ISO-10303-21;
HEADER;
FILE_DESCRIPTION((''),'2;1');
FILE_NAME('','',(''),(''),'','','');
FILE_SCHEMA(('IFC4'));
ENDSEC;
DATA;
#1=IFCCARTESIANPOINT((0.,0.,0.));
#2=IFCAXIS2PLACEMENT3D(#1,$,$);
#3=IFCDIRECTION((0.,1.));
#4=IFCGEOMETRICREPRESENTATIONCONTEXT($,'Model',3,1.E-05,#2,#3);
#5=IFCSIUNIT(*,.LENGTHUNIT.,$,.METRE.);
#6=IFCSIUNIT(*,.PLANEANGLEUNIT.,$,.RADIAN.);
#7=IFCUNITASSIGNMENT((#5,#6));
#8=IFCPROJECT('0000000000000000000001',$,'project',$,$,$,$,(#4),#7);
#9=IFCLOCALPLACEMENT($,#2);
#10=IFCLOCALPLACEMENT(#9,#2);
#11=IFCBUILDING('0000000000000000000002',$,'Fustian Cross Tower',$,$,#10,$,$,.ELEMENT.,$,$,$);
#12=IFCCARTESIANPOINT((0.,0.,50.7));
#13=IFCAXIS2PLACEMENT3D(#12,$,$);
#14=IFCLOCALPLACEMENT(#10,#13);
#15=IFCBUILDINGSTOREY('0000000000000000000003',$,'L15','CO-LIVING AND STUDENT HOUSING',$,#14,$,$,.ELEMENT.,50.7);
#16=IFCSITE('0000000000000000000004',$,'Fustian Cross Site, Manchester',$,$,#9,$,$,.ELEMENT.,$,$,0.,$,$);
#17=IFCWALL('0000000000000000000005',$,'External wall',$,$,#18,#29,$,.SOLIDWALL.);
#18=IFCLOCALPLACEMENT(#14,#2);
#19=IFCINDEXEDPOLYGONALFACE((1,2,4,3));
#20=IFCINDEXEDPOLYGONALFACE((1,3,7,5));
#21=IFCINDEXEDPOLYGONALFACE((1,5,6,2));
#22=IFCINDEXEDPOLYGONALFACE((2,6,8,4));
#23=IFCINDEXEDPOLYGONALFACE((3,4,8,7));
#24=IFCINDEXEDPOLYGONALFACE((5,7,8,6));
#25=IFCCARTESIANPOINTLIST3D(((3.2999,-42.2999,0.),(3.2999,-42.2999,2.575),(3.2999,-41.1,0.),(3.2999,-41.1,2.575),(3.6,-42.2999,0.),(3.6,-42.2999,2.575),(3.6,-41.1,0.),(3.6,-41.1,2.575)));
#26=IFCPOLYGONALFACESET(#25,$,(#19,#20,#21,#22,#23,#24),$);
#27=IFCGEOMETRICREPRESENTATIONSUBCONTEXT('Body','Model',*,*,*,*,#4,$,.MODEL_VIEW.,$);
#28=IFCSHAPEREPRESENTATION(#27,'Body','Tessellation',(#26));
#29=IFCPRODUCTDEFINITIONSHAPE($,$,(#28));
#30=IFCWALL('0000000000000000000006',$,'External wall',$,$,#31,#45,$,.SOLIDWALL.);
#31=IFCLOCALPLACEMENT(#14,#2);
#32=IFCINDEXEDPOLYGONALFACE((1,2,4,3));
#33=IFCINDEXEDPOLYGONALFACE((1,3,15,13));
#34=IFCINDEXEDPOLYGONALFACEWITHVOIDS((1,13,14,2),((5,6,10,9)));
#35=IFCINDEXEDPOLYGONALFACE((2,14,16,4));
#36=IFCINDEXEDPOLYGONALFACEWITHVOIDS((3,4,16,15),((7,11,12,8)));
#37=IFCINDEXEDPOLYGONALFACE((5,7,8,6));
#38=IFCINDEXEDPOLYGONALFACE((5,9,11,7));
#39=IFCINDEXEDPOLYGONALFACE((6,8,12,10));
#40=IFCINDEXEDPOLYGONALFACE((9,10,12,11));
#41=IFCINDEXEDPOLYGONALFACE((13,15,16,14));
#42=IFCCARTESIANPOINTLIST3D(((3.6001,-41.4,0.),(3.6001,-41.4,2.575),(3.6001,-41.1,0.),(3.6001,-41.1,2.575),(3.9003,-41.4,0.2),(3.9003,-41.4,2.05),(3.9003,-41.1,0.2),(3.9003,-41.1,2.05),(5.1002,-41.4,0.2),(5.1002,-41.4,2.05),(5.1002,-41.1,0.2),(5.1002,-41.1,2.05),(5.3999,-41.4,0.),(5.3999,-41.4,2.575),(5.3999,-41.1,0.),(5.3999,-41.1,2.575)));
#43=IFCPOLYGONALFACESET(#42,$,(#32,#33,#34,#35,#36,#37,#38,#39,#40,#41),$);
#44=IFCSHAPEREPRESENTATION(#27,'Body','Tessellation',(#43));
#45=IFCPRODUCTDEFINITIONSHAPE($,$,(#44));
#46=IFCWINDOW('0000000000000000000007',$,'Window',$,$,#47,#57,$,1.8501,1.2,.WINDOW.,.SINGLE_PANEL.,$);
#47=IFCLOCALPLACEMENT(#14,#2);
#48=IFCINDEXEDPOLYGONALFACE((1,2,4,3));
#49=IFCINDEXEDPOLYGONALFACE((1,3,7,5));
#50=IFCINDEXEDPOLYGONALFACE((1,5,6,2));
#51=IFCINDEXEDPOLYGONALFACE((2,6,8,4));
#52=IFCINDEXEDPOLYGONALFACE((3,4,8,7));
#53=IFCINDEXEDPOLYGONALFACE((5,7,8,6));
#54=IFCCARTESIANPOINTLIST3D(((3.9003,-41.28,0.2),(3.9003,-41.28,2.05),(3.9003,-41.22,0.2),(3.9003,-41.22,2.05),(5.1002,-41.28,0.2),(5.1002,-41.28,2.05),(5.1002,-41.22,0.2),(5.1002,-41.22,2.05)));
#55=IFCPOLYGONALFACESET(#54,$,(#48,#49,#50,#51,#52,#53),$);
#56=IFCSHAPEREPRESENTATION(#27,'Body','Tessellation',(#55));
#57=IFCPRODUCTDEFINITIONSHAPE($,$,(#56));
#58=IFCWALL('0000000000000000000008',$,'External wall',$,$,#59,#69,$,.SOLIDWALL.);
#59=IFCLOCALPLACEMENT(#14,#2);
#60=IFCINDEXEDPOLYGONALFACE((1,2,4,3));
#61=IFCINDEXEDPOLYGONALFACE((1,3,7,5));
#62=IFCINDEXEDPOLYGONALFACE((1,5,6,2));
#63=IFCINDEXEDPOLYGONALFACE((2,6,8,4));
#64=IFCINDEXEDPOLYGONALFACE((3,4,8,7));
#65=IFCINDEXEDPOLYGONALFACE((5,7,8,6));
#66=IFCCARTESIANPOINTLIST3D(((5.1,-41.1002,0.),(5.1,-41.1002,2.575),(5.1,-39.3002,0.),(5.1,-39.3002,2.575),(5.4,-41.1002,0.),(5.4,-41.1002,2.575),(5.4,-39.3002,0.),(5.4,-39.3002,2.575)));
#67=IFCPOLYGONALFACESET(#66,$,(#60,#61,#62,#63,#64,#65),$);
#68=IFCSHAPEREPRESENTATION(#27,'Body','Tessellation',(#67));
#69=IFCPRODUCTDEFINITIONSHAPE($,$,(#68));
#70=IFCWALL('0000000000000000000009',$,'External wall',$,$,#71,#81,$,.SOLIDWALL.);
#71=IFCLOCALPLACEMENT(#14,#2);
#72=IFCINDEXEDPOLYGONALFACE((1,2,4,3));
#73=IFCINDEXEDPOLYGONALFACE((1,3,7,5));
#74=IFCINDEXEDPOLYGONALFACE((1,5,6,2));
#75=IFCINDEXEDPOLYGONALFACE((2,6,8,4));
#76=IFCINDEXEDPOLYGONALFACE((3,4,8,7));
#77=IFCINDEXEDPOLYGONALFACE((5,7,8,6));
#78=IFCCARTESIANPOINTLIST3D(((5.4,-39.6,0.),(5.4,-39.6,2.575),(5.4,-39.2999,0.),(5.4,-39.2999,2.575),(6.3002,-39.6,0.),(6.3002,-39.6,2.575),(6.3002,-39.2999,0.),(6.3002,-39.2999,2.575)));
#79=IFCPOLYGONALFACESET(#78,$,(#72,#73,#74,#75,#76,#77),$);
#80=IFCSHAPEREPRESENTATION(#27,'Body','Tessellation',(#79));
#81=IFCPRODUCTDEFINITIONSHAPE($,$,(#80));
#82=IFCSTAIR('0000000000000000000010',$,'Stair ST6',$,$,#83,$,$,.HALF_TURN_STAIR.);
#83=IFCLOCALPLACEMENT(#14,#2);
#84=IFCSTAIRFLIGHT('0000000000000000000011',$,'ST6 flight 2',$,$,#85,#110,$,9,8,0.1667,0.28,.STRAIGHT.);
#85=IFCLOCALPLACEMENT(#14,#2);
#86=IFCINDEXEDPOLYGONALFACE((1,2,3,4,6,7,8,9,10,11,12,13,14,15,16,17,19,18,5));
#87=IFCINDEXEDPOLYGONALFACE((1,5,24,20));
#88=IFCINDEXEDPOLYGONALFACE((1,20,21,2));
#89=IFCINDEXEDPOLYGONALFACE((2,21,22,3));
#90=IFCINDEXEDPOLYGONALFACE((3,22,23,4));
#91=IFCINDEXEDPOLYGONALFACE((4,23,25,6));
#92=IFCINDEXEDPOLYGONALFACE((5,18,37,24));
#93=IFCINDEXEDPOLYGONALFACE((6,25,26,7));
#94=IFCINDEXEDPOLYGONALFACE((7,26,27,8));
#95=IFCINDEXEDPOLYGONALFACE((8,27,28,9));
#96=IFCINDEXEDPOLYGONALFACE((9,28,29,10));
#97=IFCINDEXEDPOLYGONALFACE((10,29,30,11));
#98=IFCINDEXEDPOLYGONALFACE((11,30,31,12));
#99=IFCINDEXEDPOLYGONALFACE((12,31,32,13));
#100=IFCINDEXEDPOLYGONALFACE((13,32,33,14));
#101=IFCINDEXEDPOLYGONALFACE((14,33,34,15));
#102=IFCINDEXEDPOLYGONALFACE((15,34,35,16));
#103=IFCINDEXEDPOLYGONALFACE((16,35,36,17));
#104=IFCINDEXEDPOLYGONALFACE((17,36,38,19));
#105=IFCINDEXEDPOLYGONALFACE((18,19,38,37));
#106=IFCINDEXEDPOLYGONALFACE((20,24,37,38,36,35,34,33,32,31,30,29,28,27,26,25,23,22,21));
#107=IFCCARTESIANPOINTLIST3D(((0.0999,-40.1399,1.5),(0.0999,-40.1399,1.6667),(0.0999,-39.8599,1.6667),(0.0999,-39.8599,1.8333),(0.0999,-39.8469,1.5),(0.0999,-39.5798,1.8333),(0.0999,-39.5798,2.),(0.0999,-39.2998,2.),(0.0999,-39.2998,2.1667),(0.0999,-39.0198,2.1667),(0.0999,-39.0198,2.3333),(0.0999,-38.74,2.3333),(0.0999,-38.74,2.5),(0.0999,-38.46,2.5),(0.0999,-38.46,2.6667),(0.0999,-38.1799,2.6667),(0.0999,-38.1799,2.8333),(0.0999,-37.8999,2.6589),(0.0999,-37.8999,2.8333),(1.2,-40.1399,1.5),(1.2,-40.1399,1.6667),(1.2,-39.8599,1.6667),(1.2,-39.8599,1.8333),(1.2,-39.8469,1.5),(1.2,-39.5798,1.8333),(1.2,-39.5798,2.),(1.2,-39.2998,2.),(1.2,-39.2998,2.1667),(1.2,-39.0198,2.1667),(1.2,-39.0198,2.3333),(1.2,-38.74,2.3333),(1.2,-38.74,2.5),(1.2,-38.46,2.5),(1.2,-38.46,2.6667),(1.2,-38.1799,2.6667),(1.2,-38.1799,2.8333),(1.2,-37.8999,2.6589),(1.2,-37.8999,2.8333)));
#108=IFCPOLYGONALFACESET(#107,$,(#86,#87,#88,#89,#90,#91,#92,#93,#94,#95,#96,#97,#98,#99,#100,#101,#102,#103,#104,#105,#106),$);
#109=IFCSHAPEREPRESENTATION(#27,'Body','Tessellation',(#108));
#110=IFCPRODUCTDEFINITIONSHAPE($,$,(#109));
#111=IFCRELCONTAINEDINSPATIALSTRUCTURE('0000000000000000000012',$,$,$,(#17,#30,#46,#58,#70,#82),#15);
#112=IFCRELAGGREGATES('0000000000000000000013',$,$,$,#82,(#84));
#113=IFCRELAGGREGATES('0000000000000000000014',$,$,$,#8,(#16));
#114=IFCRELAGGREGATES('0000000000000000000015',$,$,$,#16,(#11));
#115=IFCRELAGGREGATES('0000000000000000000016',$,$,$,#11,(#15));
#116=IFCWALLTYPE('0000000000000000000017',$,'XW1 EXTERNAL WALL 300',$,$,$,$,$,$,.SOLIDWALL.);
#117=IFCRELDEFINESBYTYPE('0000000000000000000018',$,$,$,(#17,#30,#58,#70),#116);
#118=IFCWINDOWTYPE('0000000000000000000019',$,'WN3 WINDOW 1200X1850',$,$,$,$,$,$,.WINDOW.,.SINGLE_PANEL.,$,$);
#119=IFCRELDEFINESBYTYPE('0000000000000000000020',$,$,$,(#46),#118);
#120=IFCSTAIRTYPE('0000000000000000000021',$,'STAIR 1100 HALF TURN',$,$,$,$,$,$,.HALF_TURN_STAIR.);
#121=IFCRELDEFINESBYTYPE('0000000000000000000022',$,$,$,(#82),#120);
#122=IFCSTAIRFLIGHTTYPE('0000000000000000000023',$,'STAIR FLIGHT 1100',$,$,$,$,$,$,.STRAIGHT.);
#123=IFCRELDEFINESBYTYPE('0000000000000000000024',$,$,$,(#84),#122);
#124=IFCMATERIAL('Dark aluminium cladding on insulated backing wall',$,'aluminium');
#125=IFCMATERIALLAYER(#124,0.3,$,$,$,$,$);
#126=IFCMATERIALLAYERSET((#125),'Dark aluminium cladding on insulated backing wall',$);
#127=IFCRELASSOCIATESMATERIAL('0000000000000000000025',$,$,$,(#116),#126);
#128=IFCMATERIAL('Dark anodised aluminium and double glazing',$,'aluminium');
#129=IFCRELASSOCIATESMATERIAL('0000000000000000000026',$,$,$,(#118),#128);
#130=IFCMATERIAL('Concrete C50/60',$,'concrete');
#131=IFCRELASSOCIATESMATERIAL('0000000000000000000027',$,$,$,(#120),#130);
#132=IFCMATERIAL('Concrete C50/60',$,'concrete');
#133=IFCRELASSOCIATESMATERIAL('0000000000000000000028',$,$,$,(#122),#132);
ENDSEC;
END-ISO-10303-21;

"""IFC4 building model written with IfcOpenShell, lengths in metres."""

from ifc_helpers import new_model, si_unit, direction, frame, frame_2d, origin, place, context, subcontext, project, spatial, polyline, rectangle, outline, extrude, material, layer, layer_set, type_object, element, fill, aggregate, save


model = new_model("IFC4")

# Units and contexts
model_context = context("Model", 3, precision=1e-05, world=origin(), true_north=direction((0.0, 1.0)))
body_context = subcontext(model_context, "Body", "Model", "MODEL_VIEW")
ifc_project = project(units=[si_unit("LENGTHUNIT", "METRE"), si_unit("PLANEANGLEUNIT", "RADIAN")], contexts=[model_context])

# Site, building, storey
site_placement = place(None, origin())
site = spatial("IfcSite", under=ifc_project, at=site_placement, Name="Fustian Cross Site, Manchester", CompositionType="ELEMENT", RefElevation=0.0)
building_placement = place(site_placement, origin())
building = spatial("IfcBuilding", under=site, at=building_placement, Name="Fustian Cross Tower", CompositionType="ELEMENT")
storey_placement = place(building_placement, frame((0.0, 0.0, 50.7)))
storey = spatial("IfcBuildingStorey", under=building, at=storey_placement, Name="L15", Description="CO-LIVING AND STUDENT HOUSING", CompositionType="ELEMENT", Elevation=50.7)

# Wall
ifc_material_1 = material(Name="Dark aluminium cladding on insulated backing wall", Category="aluminium")
ifc_layer_1 = layer(ifc_material_1, 0.3)
ifc_layer_set_1 = layer_set([ifc_layer_1], Name="Dark aluminium cladding on insulated backing wall")
wall_type_1 = type_object("IfcWallType", Name="XW1 EXTERNAL WALL 300", PredefinedType="SOLIDWALL", material=ifc_layer_set_1)
wall_1_placement = place(storey_placement, frame((3.45, -42.3, 0.0), z_axis=(0.0, 0.0, 1.0), x_axis=(0.0, 1.0, 0.0)))
element("IfcWall", 1, at=wall_1_placement, inside=storey, type_object=wall_type_1, Name="External wall", PredefinedType="SOLIDWALL", context=body_context, shape_type="SweptSolid", body=[
    extrude(rectangle(XDim=1.2, YDim=0.3, at=frame_2d((0.6001, 0.0))), origin(), (0.0, 0.0, 1.0), 2.575),
])

# Wall, opening, window
wall_2_placement = place(storey_placement, frame((3.6001, -41.25, 0.0), z_axis=(0.0, 0.0, 1.0), x_axis=(1.0, 0.0, 0.0)))
wall_2 = element("IfcWall", 2, at=wall_2_placement, inside=storey, type_object=wall_type_1, Name="External wall", PredefinedType="SOLIDWALL", context=body_context, shape_type="SweptSolid", body=[
    extrude(rectangle(XDim=1.7998, YDim=0.3, at=frame_2d((0.8999, 0.0))), origin(), (0.0, 0.0, 1.0), 2.575),
])
opening_1_placement = place(wall_2_placement, frame((0.3, 0.0, 0.2)))
opening_1 = element("IfcOpeningElement", 3, at=opening_1_placement, cuts=wall_2, PredefinedType="OPENING", context=body_context, shape_type="SweptSolid", body=[
    extrude(rectangle(XDim=1.2, YDim=1.8501, at=frame_2d((0.6001, 0.925))), frame((0.0, 0.1599, 0.0), z_axis=(0.0, -1.0, 0.0), x_axis=(1.0, 0.0, 0.0)), (0.0, 0.0, 1.0), 0.3201),
])
ifc_material_2 = material(Name="Dark anodised aluminium and double glazing", Category="aluminium")
window_type = type_object("IfcWindowType", Name="WN3 WINDOW 1200X1850", PartitioningType="SINGLE_PANEL", PredefinedType="WINDOW", material=ifc_material_2)
window_placement = place(opening_1_placement, origin())
window = element("IfcWindow", 4, at=window_placement, inside=storey, type_object=window_type, Name="Window", OverallHeight=1.8501, OverallWidth=1.2, PartitioningType="SINGLE_PANEL", PredefinedType="WINDOW", context=body_context, shape_type="SweptSolid", body=[
    extrude(rectangle(XDim=1.2, YDim=1.8501, at=frame_2d((0.6001, 0.925))), frame((0.0, 0.03, 0.0), z_axis=(0.0, -1.0, 0.0), x_axis=(1.0, 0.0, 0.0)), (0.0, 0.0, 1.0), 0.0601),
])
fill(opening_1, window)

# Walls
wall_3_placement = place(storey_placement, frame((5.25, -41.1001, 0.0), z_axis=(0.0, 0.0, 1.0), x_axis=(0.0, 1.0, 0.0)))
element("IfcWall", 5, at=wall_3_placement, inside=storey, type_object=wall_type_1, Name="External wall", PredefinedType="SOLIDWALL", context=body_context, shape_type="SweptSolid", body=[
    extrude(rectangle(XDim=1.8, YDim=0.3, at=frame_2d((0.8999, 0.0))), origin(), (0.0, 0.0, 1.0), 2.575),
])
wall_4_placement = place(storey_placement, frame((5.3999, -39.45, 0.0), z_axis=(0.0, 0.0, 1.0), x_axis=(1.0, 0.0, 0.0)))
element("IfcWall", 6, at=wall_4_placement, inside=storey, type_object=wall_type_1, Name="External wall", PredefinedType="SOLIDWALL", context=body_context, shape_type="SweptSolid", body=[
    extrude(rectangle(XDim=0.9001, YDim=0.3, at=frame_2d((0.4502, 0.0))), origin(), (0.0, 0.0, 1.0), 2.575),
])

# Stair, stair flight
ifc_material_3 = material(Name="Concrete C50/60", Category="concrete")
stair_type = type_object("IfcStairType", Name="STAIR 1100 HALF TURN", PredefinedType="HALF_TURN_STAIR", material=ifc_material_3)
stair_placement = place(storey_placement, origin())
stair = element("IfcStair", 7, at=stair_placement, inside=storey, type_object=stair_type, Name="Stair ST6", PredefinedType="HALF_TURN_STAIR")
ifc_material_4 = material(Name="Concrete C50/60", Category="concrete")
stair_flight_type = type_object("IfcStairFlightType", Name="STAIR FLIGHT 1100", PredefinedType="STRAIGHT", material=ifc_material_4)
stair_flight_placement = place(storey_placement, frame((0.6499, -40.1399, 1.5), z_axis=(0.0, 0.0, 1.0), x_axis=(0.0, 1.0, 0.0)))
stair_flight = element("IfcStairFlight", 8, at=stair_flight_placement, type_object=stair_flight_type, Name="ST6 flight 2", NumberOfRisers=9, NumberOfTreads=8, PredefinedType="STRAIGHT", RiserHeight=0.1667, TreadLength=0.28, context=body_context, shape_type="SweptSolid", body=[
    extrude(outline(polyline([(0.0, 0.0), (0.0, 0.1667), (0.28, 0.1667), (0.28, 0.3333), (0.5601, 0.3333), (0.5601, 0.5), (0.8401, 0.5), (0.8401, 0.6667), (1.1201, 0.6667), (1.1201, 0.8333), (1.3999, 0.8333), (1.3999, 1.0), (1.6799, 1.0), (1.6799, 1.1667), (1.96, 1.1667), (1.96, 1.3333), (2.24, 1.3333), (2.24, 1.5), (2.24, 1.1589), (0.293, 0.0), (0.0, 0.0)])), frame((0.0, 0.55, 0.0), z_axis=(0.0, -1.0, 0.0), x_axis=(1.0, 0.0, 0.0)), (0.0, 0.0, 1.0), 1.1001),
])
aggregate(stair, [stair_flight])

save(model, "model.ifc")
